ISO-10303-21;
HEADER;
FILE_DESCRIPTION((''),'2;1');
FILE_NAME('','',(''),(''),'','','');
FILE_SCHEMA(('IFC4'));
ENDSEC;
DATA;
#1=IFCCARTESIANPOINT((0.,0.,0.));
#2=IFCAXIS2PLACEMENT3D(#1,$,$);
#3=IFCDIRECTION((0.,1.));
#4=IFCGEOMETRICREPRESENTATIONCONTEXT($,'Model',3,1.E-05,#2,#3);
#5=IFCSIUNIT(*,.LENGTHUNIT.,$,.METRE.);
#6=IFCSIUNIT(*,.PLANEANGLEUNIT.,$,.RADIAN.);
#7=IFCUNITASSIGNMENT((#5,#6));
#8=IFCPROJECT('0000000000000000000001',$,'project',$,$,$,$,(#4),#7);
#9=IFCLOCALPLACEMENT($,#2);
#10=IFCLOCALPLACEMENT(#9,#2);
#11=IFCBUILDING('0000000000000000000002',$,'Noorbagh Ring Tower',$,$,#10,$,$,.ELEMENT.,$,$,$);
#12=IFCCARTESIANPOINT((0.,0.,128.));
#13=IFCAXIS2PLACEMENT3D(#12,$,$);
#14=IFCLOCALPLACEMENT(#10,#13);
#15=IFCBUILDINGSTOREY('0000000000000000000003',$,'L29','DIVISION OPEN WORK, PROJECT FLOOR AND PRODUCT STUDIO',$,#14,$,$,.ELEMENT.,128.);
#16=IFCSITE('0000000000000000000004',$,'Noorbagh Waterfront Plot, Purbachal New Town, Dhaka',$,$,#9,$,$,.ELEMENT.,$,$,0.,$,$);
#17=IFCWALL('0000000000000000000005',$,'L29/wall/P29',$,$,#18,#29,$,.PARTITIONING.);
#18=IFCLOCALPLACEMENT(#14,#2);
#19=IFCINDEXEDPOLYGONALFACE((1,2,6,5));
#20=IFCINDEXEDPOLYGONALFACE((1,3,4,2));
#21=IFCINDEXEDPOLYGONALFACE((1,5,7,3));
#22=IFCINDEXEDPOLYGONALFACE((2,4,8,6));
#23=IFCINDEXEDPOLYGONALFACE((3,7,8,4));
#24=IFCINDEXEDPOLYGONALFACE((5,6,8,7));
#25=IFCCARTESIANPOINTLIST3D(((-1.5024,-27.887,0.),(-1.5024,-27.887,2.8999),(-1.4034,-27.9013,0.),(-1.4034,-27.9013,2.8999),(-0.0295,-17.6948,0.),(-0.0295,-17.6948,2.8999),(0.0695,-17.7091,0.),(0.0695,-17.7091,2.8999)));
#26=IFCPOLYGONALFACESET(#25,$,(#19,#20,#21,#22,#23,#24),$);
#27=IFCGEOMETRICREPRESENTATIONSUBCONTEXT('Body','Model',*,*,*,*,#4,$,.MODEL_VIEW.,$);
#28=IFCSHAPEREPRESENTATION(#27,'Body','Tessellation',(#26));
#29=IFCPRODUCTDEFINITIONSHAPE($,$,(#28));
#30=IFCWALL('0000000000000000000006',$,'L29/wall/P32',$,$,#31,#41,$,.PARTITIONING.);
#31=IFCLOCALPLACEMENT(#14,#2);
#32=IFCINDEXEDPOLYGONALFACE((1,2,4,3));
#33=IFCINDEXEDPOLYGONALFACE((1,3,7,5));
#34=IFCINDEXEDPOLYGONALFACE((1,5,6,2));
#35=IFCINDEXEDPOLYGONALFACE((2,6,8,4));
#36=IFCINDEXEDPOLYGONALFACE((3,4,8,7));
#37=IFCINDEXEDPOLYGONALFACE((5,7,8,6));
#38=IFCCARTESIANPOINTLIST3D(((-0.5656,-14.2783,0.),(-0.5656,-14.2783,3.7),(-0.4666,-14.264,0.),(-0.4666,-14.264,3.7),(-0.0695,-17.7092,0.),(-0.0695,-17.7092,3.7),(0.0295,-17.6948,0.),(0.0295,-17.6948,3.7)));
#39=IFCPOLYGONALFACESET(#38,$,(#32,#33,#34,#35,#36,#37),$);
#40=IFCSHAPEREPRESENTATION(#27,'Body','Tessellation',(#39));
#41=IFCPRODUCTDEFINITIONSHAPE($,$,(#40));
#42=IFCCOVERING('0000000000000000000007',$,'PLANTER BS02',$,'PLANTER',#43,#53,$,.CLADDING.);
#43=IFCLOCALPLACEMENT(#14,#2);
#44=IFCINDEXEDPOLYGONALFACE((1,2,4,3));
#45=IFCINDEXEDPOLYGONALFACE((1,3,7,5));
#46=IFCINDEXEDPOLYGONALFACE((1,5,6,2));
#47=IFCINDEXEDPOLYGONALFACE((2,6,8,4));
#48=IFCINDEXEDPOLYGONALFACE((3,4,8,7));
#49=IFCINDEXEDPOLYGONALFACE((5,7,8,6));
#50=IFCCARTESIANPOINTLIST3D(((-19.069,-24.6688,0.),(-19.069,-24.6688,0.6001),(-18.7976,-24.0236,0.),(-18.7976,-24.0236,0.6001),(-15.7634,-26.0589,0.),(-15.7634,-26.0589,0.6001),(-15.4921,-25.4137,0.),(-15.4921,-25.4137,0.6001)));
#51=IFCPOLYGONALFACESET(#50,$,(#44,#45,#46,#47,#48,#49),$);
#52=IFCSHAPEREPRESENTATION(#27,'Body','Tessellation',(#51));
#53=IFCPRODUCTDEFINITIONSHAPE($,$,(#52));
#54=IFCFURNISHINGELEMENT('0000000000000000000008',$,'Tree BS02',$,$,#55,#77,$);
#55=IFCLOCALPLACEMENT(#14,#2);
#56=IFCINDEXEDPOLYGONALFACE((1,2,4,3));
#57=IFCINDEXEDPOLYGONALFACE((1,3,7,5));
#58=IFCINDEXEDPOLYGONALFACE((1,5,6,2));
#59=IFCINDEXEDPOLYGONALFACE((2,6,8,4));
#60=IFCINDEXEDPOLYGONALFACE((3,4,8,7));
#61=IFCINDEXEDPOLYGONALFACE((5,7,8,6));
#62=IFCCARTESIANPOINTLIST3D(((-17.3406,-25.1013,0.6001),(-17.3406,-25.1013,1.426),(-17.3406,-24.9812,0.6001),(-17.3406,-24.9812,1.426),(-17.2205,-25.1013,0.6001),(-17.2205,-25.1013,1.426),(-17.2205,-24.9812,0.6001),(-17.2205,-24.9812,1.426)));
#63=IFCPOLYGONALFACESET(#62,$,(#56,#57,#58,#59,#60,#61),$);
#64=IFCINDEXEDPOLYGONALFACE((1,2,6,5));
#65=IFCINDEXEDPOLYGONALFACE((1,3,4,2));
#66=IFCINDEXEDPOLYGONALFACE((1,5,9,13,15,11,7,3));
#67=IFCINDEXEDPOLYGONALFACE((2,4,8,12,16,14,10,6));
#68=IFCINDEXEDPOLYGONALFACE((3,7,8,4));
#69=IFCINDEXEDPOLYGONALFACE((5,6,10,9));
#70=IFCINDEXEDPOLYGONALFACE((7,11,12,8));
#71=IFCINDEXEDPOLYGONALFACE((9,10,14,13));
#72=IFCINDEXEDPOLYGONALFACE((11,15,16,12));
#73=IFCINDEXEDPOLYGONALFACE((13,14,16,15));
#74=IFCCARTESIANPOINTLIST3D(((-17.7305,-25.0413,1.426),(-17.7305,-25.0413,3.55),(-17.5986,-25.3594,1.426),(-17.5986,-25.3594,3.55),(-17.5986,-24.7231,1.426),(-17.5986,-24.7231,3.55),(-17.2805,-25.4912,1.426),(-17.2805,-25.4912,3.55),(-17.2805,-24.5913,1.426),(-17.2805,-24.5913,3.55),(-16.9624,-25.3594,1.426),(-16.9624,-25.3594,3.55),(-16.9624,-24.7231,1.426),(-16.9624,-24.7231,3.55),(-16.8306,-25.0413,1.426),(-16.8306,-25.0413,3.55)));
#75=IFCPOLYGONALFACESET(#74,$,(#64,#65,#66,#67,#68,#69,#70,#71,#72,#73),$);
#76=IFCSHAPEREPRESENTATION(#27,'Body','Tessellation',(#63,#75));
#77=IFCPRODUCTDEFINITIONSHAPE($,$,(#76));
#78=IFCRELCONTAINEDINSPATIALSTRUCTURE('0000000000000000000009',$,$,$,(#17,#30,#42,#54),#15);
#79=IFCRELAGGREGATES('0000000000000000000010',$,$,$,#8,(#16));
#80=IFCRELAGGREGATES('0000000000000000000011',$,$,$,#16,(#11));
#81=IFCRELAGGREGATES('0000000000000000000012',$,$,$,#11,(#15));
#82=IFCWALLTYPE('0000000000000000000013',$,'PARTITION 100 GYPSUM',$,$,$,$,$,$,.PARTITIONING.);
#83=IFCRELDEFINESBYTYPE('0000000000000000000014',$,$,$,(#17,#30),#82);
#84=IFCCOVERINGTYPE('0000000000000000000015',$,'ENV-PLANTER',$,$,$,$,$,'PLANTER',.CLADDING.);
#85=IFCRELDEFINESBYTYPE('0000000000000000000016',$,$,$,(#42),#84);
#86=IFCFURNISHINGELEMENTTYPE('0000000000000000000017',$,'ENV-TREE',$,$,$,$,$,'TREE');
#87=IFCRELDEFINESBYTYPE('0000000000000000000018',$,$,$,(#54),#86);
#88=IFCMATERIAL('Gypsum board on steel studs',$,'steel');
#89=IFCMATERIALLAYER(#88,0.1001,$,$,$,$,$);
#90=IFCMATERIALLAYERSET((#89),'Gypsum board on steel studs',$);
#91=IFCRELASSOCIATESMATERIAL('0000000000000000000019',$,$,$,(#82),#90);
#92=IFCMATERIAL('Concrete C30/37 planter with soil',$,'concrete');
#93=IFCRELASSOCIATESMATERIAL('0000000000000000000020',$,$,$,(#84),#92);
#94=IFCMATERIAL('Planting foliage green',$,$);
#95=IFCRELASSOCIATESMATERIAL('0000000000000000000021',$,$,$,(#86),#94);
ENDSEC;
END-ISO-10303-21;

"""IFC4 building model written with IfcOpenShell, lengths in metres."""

from ifc_helpers import new_model, si_unit, direction, frame, frame_2d, origin, origin_2d, place, context, subcontext, project, spatial, polyline, rectangle, outline, extrude, material, layer, layer_set, type_object, element, save


model = new_model("IFC4")

# Units and contexts
model_context = context("Model", 3, precision=1e-05, world=origin(), true_north=direction((0.0, 1.0)))
body_context = subcontext(model_context, "Body", "Model", "MODEL_VIEW")
ifc_project = project(units=[si_unit("LENGTHUNIT", "METRE"), si_unit("PLANEANGLEUNIT", "RADIAN")], contexts=[model_context])

# Site, building, storey
site_placement = place(None, origin())
site = spatial("IfcSite", under=ifc_project, at=site_placement, Name="Noorbagh Waterfront Plot, Purbachal New Town, Dhaka", CompositionType="ELEMENT", RefElevation=0.0)
building_placement = place(site_placement, origin())
building = spatial("IfcBuilding", under=site, at=building_placement, Name="Noorbagh Ring Tower", CompositionType="ELEMENT")
storey_placement = place(building_placement, frame((0.0, 0.0, 128.0)))
storey = spatial("IfcBuildingStorey", under=building, at=storey_placement, Name="L29", Description="DIVISION OPEN WORK, PROJECT FLOOR AND PRODUCT STUDIO", CompositionType="ELEMENT", Elevation=128.0)

# Walls
ifc_material_1 = material(Name="Gypsum board on steel studs", Category="steel")
ifc_layer = layer(ifc_material_1, 0.1001)
ifc_layer_set = layer_set([ifc_layer], Name="Gypsum board on steel studs")
wall_type = type_object("IfcWallType", Name="PARTITION 100 GYPSUM", PredefinedType="PARTITIONING", material=ifc_layer_set)
wall_1_placement = place(storey_placement, frame((-1.4529, -27.894, 0.0), z_axis=(0.0, 0.0, 1.0), x_axis=(0.143028, 0.989719, 0.0)))
element("IfcWall", 1, at=wall_1_placement, inside=storey, type_object=wall_type, Name="L29/wall/P29", PredefinedType="PARTITIONING", context=body_context, shape_type="SweptSolid", body=[
    extrude(rectangle(XDim=10.2981, YDim=0.1001, at=frame_2d((5.1489, 0.0))), origin(), (0.0, 0.0, 1.0), 2.8999),
])
wall_2_placement = place(storey_placement, frame((-0.5161, -14.271, 0.0), z_axis=(0.0, 0.0, 1.0), x_axis=(0.143107, -0.989707, 0.0)))
element("IfcWall", 2, at=wall_2_placement, inside=storey, type_object=wall_type, Name="L29/wall/P32", PredefinedType="PARTITIONING", context=body_context, shape_type="SweptSolid", body=[
    extrude(rectangle(XDim=3.4666, YDim=0.1001, at=frame_2d((1.7334, 0.0))), origin(), (0.0, 0.0, 1.0), 3.7),
])

# Covering
ifc_material_2 = material(Name="Concrete C30/37 planter with soil", Category="concrete")
covering_type = type_object("IfcCoveringType", Name="ENV-PLANTER", ElementType="PLANTER", PredefinedType="CLADDING", material=ifc_material_2)
covering_placement = place(storey_placement, frame((-17.2805, -25.0413, 0.0), z_axis=(0.0, 0.0, 1.0), x_axis=(0.921812, -0.387638, 0.0)))
element("IfcCovering", 3, at=covering_placement, inside=storey, type_object=covering_type, Name="PLANTER BS02", ObjectType="PLANTER", PredefinedType="CLADDING", context=body_context, shape_type="SweptSolid", body=[
    extrude(rectangle(XDim=3.5859, YDim=0.7, at=origin_2d()), origin(), (0.0, 0.0, 1.0), 0.6001),
])

# Furnishing element
ifc_material_3 = material(Name="Planting foliage green")
furnishing_element_type = type_object("IfcFurnishingElementType", Name="ENV-TREE", ElementType="TREE", material=ifc_material_3)
furnishing_placement = place(storey_placement, frame((-17.2805, -25.0413, 0.6001), z_axis=(0.0, 0.0, 1.0), x_axis=(1.0, 0.0, 0.0)))
element("IfcFurnishingElement", 4, at=furnishing_placement, inside=storey, type_object=furnishing_element_type, Name="Tree BS02", context=body_context, shape_type="SweptSolid", body=[
    extrude(rectangle(XDim=0.1201, YDim=0.1201, at=origin_2d()), origin(), (0.0, 0.0, 1.0), 0.8259),
    extrude(outline(polyline([(0.45, 0.0), (0.3181, 0.3181), (0.0, 0.45), (-0.3181, 0.3181), (-0.45, 0.0), (-0.3181, -0.3181), (0.0, -0.45), (0.3181, -0.3181), (0.45, 0.0)])), frame((0.0, 0.0, 0.8259)), (0.0, 0.0, 1.0), 2.124),
])

save(model, "model.ifc")
